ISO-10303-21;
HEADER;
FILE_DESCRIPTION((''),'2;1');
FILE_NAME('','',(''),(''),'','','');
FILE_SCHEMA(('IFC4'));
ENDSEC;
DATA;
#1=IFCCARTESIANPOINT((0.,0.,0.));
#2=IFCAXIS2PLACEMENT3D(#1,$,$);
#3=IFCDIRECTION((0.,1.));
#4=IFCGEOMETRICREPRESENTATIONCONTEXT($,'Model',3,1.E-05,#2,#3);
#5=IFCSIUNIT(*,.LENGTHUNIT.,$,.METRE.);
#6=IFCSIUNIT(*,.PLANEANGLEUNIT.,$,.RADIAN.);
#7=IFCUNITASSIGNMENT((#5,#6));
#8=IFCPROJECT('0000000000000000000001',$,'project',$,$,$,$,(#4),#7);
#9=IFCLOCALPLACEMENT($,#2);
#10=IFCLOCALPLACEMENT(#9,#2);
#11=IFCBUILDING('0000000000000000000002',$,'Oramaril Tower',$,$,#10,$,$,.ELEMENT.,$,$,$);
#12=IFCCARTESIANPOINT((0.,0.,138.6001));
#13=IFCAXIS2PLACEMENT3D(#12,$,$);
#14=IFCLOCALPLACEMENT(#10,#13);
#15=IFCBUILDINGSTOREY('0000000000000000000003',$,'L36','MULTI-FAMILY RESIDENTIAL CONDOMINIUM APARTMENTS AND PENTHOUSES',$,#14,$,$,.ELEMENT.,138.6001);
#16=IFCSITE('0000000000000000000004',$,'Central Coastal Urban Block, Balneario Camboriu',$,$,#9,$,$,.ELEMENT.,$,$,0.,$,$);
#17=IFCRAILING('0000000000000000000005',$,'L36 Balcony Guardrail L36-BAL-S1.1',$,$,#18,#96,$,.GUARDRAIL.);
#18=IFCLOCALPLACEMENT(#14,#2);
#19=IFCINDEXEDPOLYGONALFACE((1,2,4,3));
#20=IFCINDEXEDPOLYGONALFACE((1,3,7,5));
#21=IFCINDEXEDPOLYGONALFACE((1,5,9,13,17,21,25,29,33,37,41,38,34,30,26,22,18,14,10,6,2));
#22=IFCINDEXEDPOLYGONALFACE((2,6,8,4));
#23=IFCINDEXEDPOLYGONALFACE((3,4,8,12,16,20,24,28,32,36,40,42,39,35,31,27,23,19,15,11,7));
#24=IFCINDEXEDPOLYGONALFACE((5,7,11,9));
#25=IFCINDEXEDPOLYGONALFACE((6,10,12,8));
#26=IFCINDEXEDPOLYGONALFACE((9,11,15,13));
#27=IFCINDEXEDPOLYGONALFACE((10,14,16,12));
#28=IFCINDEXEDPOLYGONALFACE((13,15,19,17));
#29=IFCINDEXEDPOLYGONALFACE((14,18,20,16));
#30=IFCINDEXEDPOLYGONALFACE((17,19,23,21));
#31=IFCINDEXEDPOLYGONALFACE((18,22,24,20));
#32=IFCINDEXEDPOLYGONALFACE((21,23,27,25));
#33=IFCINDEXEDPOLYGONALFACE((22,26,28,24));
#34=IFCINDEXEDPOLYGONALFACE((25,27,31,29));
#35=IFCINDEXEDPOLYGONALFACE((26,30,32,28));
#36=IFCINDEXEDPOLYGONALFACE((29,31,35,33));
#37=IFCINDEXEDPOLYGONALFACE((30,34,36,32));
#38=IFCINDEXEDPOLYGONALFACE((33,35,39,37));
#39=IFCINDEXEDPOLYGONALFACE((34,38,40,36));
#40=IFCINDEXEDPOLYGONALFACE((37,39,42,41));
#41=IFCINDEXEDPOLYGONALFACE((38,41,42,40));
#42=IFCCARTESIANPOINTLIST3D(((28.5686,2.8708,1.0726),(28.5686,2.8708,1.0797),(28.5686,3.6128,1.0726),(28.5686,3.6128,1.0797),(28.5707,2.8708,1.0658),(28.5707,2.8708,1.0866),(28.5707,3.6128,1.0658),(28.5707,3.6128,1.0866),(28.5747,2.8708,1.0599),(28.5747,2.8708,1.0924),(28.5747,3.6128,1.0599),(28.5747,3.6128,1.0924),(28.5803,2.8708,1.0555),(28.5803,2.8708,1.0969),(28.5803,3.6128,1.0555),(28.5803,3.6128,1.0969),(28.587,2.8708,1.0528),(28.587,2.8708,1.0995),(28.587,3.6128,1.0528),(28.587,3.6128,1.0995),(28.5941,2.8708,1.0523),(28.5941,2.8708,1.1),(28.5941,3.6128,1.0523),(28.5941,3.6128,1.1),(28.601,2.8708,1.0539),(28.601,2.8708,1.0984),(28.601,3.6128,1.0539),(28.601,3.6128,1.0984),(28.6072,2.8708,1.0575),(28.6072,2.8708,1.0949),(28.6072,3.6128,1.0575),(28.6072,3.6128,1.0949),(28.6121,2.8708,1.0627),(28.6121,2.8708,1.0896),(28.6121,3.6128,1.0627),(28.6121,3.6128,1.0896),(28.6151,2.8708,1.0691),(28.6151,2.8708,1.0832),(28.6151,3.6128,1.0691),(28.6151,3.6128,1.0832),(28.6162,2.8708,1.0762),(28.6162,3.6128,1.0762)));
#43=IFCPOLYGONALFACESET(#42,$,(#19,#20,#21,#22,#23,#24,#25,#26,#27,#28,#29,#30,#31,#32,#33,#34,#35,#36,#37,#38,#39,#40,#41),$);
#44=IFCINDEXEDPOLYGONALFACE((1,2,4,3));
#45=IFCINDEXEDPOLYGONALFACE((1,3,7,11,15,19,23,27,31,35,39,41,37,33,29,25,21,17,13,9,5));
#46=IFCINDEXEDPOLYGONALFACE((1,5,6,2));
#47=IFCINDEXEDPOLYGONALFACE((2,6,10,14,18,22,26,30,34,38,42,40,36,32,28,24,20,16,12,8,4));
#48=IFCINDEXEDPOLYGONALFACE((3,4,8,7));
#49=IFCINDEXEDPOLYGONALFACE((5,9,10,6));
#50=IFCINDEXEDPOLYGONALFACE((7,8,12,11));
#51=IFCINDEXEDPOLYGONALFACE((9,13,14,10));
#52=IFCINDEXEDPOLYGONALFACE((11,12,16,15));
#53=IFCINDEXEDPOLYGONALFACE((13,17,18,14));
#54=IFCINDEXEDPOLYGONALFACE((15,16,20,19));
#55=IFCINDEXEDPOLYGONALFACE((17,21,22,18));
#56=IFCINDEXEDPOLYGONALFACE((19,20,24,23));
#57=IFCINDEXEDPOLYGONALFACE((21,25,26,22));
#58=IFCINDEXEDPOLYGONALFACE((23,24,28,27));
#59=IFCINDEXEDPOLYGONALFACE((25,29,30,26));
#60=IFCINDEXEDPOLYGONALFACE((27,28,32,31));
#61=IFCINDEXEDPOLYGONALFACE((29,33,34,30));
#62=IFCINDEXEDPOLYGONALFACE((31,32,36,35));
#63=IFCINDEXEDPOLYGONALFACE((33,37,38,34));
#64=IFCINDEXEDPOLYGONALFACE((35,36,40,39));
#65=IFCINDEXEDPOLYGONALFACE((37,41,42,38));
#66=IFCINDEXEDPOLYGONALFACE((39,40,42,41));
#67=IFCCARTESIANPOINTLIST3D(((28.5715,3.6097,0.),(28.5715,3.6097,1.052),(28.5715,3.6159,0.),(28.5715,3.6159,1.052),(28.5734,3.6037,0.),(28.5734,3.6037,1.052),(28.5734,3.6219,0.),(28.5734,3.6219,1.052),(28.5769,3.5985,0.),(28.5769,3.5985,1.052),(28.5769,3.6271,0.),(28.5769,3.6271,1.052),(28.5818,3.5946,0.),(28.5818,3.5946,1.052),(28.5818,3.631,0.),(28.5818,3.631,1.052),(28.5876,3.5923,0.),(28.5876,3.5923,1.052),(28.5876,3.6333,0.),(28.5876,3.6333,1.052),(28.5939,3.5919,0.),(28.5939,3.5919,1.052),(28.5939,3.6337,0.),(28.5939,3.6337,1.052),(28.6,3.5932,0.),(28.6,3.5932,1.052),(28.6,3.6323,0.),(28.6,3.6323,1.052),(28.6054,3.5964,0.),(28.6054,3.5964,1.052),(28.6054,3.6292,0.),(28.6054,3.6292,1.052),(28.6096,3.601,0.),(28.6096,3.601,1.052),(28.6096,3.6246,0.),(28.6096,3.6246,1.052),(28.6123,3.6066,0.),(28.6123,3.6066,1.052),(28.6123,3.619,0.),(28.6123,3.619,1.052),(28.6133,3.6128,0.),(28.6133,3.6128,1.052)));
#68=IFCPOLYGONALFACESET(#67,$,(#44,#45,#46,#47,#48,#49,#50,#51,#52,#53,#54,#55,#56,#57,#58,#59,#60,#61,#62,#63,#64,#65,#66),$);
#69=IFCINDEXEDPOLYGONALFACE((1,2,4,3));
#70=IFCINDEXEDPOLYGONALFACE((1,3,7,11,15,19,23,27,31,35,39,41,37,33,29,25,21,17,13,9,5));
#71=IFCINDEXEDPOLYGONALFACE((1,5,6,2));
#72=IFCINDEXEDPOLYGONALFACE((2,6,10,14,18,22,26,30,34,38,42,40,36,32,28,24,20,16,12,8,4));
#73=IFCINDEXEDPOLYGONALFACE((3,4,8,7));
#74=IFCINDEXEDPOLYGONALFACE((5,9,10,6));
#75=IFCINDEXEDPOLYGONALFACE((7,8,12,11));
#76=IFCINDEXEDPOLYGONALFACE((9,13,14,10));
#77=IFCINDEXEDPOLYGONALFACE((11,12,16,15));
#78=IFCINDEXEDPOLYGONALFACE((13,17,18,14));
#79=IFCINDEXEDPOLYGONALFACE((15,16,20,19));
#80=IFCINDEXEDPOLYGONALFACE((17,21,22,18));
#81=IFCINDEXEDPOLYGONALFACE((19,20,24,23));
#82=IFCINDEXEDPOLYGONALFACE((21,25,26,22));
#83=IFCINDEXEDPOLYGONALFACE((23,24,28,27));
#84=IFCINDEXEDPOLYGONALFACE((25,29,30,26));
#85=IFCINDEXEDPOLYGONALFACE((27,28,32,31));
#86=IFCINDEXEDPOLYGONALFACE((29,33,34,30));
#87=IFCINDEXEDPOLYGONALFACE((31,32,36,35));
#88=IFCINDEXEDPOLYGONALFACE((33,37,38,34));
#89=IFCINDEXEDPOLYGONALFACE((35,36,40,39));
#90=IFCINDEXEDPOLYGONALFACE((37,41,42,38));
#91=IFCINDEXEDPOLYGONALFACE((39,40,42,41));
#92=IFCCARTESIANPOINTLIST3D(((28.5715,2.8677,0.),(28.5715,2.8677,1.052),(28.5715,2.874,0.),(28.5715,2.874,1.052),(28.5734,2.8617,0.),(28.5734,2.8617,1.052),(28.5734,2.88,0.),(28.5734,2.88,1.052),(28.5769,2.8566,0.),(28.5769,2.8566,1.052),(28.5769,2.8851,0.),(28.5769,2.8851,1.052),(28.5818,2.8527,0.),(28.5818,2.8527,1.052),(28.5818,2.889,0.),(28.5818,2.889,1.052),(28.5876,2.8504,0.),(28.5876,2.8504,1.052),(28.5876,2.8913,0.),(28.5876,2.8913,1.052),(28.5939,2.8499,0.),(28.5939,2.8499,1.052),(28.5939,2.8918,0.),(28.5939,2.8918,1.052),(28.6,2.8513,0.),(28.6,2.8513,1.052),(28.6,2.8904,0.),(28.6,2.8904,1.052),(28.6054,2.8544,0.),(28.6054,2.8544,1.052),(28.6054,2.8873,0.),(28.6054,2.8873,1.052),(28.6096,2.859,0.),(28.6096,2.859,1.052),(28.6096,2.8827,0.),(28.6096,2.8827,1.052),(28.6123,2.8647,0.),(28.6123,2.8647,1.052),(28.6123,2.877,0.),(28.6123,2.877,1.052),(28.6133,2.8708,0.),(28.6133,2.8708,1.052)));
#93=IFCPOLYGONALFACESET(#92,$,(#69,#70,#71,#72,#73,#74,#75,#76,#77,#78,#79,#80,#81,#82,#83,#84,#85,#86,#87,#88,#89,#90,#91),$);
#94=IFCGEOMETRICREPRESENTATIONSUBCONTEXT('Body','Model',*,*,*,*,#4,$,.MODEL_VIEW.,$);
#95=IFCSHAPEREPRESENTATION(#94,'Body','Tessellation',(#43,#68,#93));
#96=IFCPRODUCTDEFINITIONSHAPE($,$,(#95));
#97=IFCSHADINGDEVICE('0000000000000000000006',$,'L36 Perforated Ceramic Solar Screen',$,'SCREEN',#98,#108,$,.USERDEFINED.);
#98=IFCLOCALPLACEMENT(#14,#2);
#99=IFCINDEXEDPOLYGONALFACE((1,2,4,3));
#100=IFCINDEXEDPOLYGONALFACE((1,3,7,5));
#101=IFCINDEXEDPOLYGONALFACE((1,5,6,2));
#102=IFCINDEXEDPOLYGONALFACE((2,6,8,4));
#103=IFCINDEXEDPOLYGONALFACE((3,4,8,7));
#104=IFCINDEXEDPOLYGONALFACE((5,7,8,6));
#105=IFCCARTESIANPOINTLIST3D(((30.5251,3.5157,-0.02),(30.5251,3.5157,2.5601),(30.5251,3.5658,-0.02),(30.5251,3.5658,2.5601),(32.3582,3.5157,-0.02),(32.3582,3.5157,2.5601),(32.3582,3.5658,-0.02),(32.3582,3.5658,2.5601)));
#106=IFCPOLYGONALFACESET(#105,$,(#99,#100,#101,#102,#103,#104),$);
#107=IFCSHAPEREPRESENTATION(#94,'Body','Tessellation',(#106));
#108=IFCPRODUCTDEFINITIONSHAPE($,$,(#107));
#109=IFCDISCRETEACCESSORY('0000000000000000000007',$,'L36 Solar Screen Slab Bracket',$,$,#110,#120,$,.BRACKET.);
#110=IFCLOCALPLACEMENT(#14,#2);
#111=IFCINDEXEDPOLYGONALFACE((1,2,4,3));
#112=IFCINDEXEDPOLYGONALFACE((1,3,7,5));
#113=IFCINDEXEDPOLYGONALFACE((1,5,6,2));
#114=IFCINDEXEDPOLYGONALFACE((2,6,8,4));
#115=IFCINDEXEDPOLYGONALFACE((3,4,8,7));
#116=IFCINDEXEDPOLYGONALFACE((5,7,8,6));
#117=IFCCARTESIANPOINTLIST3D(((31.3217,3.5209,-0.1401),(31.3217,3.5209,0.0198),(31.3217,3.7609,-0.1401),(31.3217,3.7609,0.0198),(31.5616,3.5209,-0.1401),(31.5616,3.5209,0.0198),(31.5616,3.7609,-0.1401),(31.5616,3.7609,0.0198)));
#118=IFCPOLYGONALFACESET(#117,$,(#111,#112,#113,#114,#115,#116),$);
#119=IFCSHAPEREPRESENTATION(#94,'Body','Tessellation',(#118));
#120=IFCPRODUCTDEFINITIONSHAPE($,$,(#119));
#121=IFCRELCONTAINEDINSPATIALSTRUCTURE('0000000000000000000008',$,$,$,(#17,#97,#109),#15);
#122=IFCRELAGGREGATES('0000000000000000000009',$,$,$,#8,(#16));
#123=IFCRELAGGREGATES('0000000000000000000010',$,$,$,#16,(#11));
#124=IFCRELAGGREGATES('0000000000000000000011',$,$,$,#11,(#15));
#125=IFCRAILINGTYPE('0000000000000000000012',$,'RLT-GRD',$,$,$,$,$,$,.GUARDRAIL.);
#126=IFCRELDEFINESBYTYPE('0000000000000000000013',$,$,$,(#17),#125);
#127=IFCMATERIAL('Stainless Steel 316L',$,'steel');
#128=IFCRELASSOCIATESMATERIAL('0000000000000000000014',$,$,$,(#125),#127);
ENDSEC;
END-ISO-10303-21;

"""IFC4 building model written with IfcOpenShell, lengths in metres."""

from ifc_helpers import new_model, si_unit, direction, frame, origin, origin_2d, place, context, subcontext, project, spatial, rectangle, circle, extrude, material, type_object, element, save


model = new_model("IFC4")

# Units and contexts
model_context = context("Model", 3, precision=1e-05, world=origin(), true_north=direction((0.0, 1.0)))
body_context = subcontext(model_context, "Body", "Model", "MODEL_VIEW")
ifc_project = project(units=[si_unit("LENGTHUNIT", "METRE"), si_unit("PLANEANGLEUNIT", "RADIAN")], contexts=[model_context])

# Site, building, storey
site_placement = place(None, origin())
site = spatial("IfcSite", under=ifc_project, at=site_placement, Name="Central Coastal Urban Block, Balneario Camboriu", CompositionType="ELEMENT", RefElevation=0.0)
building_placement = place(site_placement, origin())
building = spatial("IfcBuilding", under=site, at=building_placement, Name="Oramaril Tower", CompositionType="ELEMENT")
storey_placement = place(building_placement, frame((0.0, 0.0, 138.6001)))
storey = spatial("IfcBuildingStorey", under=building, at=storey_placement, Name="L36", Description="MULTI-FAMILY RESIDENTIAL CONDOMINIUM APARTMENTS AND PENTHOUSES", CompositionType="ELEMENT", Elevation=138.6001)

# Railing
ifc_material_1 = material(Name="Stainless Steel 316L", Category="steel")
railing_type = type_object("IfcRailingType", Name="RLT-GRD", PredefinedType="GUARDRAIL", material=ifc_material_1)
railing_1_placement = place(storey_placement, frame((28.5923, 3.6128, 0.0)))
element("IfcRailing", 1, at=railing_1_placement, inside=storey, type_object=railing_type, Name="L36 Balcony Guardrail L36-BAL-S1.1", PredefinedType="GUARDRAIL", context=body_context, shape_type="SweptSolid", body=[
    extrude(circle(Radius=0.0239, at=origin_2d()), frame((0.0, 0.0, 1.0762), z_axis=(0.0, -1.0, 0.0), x_axis=(1.0, 0.0, 0.0)), (0.0, 0.0, 1.0), 0.7419),
    extrude(circle(Radius=0.021, at=origin_2d()), origin(), (0.0, 0.0, 1.0), 1.052),
    extrude(circle(Radius=0.021, at=origin_2d()), frame((0.0, -0.7419, 0.0)), (0.0, 0.0, 1.0), 1.052),
])

# Shading device
shading_device_placement = place(storey_placement, frame((31.4417, 3.5408, -0.02), z_axis=(0.0, 0.0, 1.0), x_axis=(1.0, 0.0, 0.0)))
element("IfcShadingDevice", 2, at=shading_device_placement, inside=storey, Name="L36 Perforated Ceramic Solar Screen", ObjectType="SCREEN", PredefinedType="USERDEFINED", context=body_context, shape_type="SweptSolid", body=[
    extrude(rectangle(XDim=1.833, YDim=0.05, at=origin_2d()), origin(), (0.0, 0.0, 1.0), 2.5801),
])

# Discrete accessory
discrete_accessory_placement = place(storey_placement, frame((31.4417, 3.6409, -0.1401), z_axis=(0.0, 0.0, 1.0), x_axis=(1.0, 0.0, 0.0)))
element("IfcDiscreteAccessory", 3, at=discrete_accessory_placement, inside=storey, Name="L36 Solar Screen Slab Bracket", PredefinedType="BRACKET", context=body_context, shape_type="SweptSolid", body=[
    extrude(rectangle(XDim=0.24, YDim=0.24, at=origin_2d()), origin(), (0.0, 0.0, 1.0), 0.1599),
])

save(model, "model.ifc")
